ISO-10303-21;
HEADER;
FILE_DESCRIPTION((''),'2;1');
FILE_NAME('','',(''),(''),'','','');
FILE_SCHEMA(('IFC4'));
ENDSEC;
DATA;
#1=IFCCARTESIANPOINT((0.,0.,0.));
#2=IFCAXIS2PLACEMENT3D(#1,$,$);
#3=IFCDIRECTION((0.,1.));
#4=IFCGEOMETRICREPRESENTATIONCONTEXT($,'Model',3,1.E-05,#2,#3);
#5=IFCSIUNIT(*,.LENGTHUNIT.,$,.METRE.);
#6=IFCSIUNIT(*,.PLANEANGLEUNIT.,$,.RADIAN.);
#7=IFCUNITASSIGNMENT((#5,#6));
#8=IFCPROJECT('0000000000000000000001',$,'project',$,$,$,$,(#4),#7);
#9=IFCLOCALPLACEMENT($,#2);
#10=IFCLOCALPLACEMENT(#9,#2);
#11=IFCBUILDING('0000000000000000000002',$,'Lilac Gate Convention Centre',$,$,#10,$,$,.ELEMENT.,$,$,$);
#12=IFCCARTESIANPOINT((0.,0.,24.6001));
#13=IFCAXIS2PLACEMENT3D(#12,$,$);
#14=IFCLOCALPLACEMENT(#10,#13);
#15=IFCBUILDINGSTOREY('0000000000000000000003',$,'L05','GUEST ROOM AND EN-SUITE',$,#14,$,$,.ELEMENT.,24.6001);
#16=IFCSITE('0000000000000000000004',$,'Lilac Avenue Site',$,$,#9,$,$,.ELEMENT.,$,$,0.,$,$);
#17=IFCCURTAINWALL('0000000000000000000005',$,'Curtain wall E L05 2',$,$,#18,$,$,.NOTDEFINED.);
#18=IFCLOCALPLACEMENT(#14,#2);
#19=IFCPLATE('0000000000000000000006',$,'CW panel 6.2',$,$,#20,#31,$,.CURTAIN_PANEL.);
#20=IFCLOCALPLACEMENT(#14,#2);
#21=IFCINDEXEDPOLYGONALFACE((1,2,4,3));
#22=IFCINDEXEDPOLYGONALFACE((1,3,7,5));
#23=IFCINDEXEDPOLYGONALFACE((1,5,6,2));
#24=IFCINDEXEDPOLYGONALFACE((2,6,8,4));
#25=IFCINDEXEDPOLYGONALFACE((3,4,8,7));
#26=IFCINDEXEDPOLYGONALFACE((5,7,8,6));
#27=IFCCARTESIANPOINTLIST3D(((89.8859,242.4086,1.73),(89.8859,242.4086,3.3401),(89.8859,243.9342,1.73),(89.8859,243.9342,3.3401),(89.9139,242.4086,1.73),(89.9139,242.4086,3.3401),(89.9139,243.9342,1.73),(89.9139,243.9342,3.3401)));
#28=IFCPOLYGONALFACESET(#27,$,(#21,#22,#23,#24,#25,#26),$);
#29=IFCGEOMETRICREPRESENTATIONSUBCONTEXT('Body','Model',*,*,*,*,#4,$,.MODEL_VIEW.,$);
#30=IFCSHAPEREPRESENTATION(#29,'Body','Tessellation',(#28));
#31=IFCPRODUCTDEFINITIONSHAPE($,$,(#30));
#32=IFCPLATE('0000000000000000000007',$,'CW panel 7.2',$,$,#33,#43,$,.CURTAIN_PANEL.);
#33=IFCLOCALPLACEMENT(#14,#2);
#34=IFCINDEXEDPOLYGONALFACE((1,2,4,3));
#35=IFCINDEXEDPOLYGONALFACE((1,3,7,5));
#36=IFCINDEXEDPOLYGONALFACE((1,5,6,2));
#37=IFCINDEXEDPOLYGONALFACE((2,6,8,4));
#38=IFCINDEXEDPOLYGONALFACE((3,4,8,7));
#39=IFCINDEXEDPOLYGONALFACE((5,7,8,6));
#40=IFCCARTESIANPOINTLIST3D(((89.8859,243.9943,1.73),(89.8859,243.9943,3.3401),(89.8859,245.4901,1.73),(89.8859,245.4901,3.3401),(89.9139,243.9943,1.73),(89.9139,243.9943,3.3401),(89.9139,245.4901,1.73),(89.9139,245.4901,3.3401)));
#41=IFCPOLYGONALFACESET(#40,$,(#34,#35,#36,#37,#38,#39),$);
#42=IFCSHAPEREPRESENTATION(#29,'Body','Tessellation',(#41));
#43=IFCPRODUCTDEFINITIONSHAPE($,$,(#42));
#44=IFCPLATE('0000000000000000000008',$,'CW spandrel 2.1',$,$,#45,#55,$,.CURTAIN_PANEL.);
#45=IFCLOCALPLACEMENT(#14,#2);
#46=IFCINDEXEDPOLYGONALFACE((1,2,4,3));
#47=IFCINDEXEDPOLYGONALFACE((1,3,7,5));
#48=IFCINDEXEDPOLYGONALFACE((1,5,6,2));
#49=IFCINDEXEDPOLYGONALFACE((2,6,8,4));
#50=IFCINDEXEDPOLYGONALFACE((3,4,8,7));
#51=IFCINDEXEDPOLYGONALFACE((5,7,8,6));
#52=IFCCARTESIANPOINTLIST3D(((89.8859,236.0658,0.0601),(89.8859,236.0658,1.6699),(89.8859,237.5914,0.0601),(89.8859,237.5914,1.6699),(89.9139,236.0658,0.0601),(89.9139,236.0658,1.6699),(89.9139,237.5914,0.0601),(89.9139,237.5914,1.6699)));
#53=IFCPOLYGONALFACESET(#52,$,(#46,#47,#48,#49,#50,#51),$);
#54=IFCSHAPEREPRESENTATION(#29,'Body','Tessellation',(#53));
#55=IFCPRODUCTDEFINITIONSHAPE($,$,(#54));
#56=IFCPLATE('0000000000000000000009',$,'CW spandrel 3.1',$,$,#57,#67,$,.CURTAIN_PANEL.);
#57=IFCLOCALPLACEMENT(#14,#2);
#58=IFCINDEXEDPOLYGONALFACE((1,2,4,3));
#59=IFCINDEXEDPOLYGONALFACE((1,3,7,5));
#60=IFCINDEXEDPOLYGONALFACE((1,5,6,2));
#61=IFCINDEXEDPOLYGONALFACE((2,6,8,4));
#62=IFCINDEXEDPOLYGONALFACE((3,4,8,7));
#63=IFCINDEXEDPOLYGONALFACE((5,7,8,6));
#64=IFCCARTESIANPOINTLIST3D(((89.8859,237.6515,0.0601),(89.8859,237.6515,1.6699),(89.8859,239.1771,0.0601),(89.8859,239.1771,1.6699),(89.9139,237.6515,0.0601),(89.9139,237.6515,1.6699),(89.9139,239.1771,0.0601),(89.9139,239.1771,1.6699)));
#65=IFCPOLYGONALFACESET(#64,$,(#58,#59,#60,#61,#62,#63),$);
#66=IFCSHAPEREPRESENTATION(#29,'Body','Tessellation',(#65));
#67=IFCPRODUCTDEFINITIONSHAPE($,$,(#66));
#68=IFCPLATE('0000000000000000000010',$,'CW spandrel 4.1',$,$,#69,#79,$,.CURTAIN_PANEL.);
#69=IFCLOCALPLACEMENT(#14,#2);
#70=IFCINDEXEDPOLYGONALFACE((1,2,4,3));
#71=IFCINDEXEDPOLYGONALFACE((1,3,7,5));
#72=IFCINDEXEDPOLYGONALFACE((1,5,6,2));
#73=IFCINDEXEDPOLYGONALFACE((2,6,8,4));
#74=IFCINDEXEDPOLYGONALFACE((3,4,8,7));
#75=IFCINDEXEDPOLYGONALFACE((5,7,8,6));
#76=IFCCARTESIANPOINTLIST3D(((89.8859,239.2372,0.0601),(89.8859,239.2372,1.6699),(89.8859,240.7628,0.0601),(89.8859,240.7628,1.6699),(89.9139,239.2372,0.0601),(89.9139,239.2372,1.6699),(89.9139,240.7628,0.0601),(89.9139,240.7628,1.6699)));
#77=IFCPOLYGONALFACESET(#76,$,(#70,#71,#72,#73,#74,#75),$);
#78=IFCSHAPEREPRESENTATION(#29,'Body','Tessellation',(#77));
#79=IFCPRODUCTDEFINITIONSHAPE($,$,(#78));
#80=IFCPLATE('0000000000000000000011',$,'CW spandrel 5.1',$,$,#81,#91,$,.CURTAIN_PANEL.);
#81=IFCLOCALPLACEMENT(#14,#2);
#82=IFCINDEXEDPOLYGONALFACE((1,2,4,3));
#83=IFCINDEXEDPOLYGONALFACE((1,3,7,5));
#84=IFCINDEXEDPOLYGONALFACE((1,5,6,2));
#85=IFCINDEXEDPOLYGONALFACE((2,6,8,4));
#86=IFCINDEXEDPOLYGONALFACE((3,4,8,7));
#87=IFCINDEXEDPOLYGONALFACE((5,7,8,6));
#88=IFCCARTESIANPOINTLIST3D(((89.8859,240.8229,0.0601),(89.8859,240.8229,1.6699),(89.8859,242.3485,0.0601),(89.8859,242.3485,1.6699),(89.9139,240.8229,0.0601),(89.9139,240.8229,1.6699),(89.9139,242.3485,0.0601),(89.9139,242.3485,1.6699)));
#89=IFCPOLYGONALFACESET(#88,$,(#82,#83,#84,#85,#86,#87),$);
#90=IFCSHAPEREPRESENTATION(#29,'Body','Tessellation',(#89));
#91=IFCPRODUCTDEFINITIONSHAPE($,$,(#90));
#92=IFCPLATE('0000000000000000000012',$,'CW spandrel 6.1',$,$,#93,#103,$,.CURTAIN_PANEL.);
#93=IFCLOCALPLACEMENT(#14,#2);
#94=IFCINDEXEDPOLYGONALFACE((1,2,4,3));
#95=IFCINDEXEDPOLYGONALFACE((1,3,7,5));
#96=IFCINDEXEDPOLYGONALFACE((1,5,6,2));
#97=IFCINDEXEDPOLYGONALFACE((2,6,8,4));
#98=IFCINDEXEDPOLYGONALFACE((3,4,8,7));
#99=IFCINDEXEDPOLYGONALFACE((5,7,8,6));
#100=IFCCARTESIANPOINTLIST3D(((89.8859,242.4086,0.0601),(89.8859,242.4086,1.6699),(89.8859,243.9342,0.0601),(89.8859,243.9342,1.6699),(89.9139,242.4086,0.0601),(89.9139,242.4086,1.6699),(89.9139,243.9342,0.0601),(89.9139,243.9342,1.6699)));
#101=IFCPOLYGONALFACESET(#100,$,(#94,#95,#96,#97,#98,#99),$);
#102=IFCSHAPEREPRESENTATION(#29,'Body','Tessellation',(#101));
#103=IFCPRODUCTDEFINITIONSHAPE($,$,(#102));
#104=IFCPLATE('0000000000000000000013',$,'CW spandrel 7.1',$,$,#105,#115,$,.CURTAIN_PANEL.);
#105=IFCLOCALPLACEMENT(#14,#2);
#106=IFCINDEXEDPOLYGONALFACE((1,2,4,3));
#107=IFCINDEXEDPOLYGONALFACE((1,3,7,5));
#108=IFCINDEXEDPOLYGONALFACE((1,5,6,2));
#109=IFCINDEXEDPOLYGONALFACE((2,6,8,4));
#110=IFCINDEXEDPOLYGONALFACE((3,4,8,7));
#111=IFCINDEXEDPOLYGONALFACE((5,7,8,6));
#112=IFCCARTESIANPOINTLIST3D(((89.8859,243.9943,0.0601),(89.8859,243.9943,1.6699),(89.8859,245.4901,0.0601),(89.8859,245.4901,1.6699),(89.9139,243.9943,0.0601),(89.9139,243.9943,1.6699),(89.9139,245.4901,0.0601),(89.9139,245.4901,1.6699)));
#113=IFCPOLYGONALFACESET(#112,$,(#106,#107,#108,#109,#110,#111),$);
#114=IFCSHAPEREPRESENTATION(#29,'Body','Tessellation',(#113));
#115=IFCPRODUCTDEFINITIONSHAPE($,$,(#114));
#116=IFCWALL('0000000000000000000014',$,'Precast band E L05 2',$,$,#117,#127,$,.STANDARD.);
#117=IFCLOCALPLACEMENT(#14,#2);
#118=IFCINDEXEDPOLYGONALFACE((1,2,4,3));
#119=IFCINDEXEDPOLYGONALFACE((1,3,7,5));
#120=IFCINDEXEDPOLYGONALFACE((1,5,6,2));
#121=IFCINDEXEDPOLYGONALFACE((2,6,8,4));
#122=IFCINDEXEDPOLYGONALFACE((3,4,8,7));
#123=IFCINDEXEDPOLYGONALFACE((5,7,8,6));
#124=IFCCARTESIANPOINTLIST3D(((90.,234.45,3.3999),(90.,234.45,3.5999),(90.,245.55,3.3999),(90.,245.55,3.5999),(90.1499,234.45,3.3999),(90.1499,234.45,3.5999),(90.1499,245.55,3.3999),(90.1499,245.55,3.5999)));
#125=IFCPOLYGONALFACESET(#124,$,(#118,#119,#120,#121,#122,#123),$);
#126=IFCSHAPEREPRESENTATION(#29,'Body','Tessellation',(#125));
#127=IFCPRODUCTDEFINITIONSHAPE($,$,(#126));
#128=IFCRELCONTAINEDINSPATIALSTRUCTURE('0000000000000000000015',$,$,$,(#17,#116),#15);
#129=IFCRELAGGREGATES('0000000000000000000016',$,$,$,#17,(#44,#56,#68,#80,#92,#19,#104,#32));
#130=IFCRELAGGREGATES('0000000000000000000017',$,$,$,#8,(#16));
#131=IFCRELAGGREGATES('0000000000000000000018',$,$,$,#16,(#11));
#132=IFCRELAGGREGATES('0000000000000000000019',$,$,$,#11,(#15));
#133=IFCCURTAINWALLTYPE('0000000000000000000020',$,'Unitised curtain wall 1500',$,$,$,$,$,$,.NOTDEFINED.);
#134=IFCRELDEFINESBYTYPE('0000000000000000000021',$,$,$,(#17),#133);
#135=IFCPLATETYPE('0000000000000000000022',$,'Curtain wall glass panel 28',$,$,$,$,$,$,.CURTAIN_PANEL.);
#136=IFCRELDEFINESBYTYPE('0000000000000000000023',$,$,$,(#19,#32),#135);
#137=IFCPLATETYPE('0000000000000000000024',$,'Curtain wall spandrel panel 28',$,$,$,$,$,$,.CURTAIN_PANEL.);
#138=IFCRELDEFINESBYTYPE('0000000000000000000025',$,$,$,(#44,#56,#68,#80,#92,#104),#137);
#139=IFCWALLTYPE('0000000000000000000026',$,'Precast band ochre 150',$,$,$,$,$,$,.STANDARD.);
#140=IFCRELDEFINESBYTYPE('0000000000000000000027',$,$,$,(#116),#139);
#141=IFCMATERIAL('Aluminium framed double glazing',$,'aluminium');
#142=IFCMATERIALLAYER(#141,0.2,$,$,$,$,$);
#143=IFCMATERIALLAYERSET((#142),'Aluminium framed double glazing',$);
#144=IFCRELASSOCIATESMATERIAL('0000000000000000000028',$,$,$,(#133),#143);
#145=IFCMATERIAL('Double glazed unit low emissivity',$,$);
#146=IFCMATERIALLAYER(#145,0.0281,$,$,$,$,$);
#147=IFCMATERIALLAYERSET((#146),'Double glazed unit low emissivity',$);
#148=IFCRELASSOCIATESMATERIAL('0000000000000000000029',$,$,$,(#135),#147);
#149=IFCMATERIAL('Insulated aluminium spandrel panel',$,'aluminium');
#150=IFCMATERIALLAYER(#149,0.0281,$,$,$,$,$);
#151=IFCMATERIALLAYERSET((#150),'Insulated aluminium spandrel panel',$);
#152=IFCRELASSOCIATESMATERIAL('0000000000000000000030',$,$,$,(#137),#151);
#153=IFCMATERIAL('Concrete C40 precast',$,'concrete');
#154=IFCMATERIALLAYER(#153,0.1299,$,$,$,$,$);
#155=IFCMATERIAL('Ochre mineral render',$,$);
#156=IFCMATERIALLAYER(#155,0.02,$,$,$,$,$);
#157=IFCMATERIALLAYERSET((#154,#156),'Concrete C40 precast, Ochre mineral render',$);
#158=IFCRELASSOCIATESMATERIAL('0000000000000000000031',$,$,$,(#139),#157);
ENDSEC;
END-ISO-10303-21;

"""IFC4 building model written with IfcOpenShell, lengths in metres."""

from ifc_helpers import new_model, si_unit, direction, frame, frame_2d, origin, origin_2d, place, context, subcontext, project, spatial, rectangle, extrude, material, layer, layer_set, type_object, element, aggregate, save


model = new_model("IFC4")

# Units and contexts
model_context = context("Model", 3, precision=1e-05, world=origin(), true_north=direction((0.0, 1.0)))
body_context = subcontext(model_context, "Body", "Model", "MODEL_VIEW")
ifc_project = project(units=[si_unit("LENGTHUNIT", "METRE"), si_unit("PLANEANGLEUNIT", "RADIAN")], contexts=[model_context])

# Site, building, storey
site_placement = place(None, origin())
site = spatial("IfcSite", under=ifc_project, at=site_placement, Name="Lilac Avenue Site", CompositionType="ELEMENT", RefElevation=0.0)
building_placement = place(site_placement, origin())
building = spatial("IfcBuilding", under=site, at=building_placement, Name="Lilac Gate Convention Centre", CompositionType="ELEMENT")
storey_placement = place(building_placement, frame((0.0, 0.0, 24.6001)))
storey = spatial("IfcBuildingStorey", under=building, at=storey_placement, Name="L05", Description="GUEST ROOM AND EN-SUITE", CompositionType="ELEMENT", Elevation=24.6001)

# Curtain wall
ifc_material_1 = material(Name="Aluminium framed double glazing", Category="aluminium")
ifc_layer_1 = layer(ifc_material_1, 0.2)
ifc_layer_set_1 = layer_set([ifc_layer_1], Name="Aluminium framed double glazing")
curtain_wall_type = type_object("IfcCurtainWallType", Name="Unitised curtain wall 1500", PredefinedType="NOTDEFINED", material=ifc_layer_set_1)
curtain_wall_placement = place(storey_placement, origin())
curtain_wall = element("IfcCurtainWall", 1, at=curtain_wall_placement, inside=storey, type_object=curtain_wall_type, Name="Curtain wall E L05 2", PredefinedType="NOTDEFINED")

# Plates
ifc_material_2 = material(Name="Double glazed unit low emissivity")
ifc_layer_2 = layer(ifc_material_2, 0.0281)
ifc_layer_set_2 = layer_set([ifc_layer_2], Name="Double glazed unit low emissivity")
plate_type_1 = type_object("IfcPlateType", Name="Curtain wall glass panel 28", PredefinedType="CURTAIN_PANEL", material=ifc_layer_set_2)
plate_1_placement = place(storey_placement, frame((89.8999, 243.1714, 1.73), z_axis=(0.0, 0.0, 1.0), x_axis=(0.0, 1.0, 0.0)))
plate_1 = element("IfcPlate", 2, at=plate_1_placement, type_object=plate_type_1, Name="CW panel 6.2", PredefinedType="CURTAIN_PANEL", context=body_context, shape_type="SweptSolid", body=[
    extrude(rectangle(XDim=1.5256, YDim=0.0281, at=origin_2d()), origin(), (0.0, 0.0, 1.0), 1.6101),
])
plate_2_placement = place(storey_placement, frame((89.8999, 244.7422, 1.73), z_axis=(0.0, 0.0, 1.0), x_axis=(0.0, 1.0, 0.0)))
plate_2 = element("IfcPlate", 3, at=plate_2_placement, type_object=plate_type_1, Name="CW panel 7.2", PredefinedType="CURTAIN_PANEL", context=body_context, shape_type="SweptSolid", body=[
    extrude(rectangle(XDim=1.4958, YDim=0.0281, at=origin_2d()), origin(), (0.0, 0.0, 1.0), 1.6101),
])
ifc_material_3 = material(Name="Insulated aluminium spandrel panel", Category="aluminium")
ifc_layer_3 = layer(ifc_material_3, 0.0281)
ifc_layer_set_3 = layer_set([ifc_layer_3], Name="Insulated aluminium spandrel panel")
plate_type_2 = type_object("IfcPlateType", Name="Curtain wall spandrel panel 28", PredefinedType="CURTAIN_PANEL", material=ifc_layer_set_3)
plate_3_placement = place(storey_placement, frame((89.8999, 236.8286, 0.0601), z_axis=(0.0, 0.0, 1.0), x_axis=(0.0, 1.0, 0.0)))
plate_3 = element("IfcPlate", 4, at=plate_3_placement, type_object=plate_type_2, Name="CW spandrel 2.1", PredefinedType="CURTAIN_PANEL", context=body_context, shape_type="SweptSolid", body=[
    extrude(rectangle(XDim=1.5256, YDim=0.0281, at=origin_2d()), origin(), (0.0, 0.0, 1.0), 1.6099),
])
plate_4_placement = place(storey_placement, frame((89.8999, 238.4143, 0.0601), z_axis=(0.0, 0.0, 1.0), x_axis=(0.0, 1.0, 0.0)))
plate_4 = element("IfcPlate", 5, at=plate_4_placement, type_object=plate_type_2, Name="CW spandrel 3.1", PredefinedType="CURTAIN_PANEL", context=body_context, shape_type="SweptSolid", body=[
    extrude(rectangle(XDim=1.5256, YDim=0.0281, at=origin_2d()), origin(), (0.0, 0.0, 1.0), 1.6099),
])
plate_5_placement = place(storey_placement, frame((89.8999, 240.0, 0.0601), z_axis=(0.0, 0.0, 1.0), x_axis=(0.0, 1.0, 0.0)))
plate_5 = element("IfcPlate", 6, at=plate_5_placement, type_object=plate_type_2, Name="CW spandrel 4.1", PredefinedType="CURTAIN_PANEL", context=body_context, shape_type="SweptSolid", body=[
    extrude(rectangle(XDim=1.5256, YDim=0.0281, at=origin_2d()), origin(), (0.0, 0.0, 1.0), 1.6099),
])
plate_6_placement = place(storey_placement, frame((89.8999, 241.5857, 0.0601), z_axis=(0.0, 0.0, 1.0), x_axis=(0.0, 1.0, 0.0)))
plate_6 = element("IfcPlate", 7, at=plate_6_placement, type_object=plate_type_2, Name="CW spandrel 5.1", PredefinedType="CURTAIN_PANEL", context=body_context, shape_type="SweptSolid", body=[
    extrude(rectangle(XDim=1.5256, YDim=0.0281, at=origin_2d()), origin(), (0.0, 0.0, 1.0), 1.6099),
])
plate_7_placement = place(storey_placement, frame((89.8999, 243.1714, 0.0601), z_axis=(0.0, 0.0, 1.0), x_axis=(0.0, 1.0, 0.0)))
plate_7 = element("IfcPlate", 8, at=plate_7_placement, type_object=plate_type_2, Name="CW spandrel 6.1", PredefinedType="CURTAIN_PANEL", context=body_context, shape_type="SweptSolid", body=[
    extrude(rectangle(XDim=1.5256, YDim=0.0281, at=origin_2d()), origin(), (0.0, 0.0, 1.0), 1.6099),
])
plate_8_placement = place(storey_placement, frame((89.8999, 244.7422, 0.0601), z_axis=(0.0, 0.0, 1.0), x_axis=(0.0, 1.0, 0.0)))
plate_8 = element("IfcPlate", 9, at=plate_8_placement, type_object=plate_type_2, Name="CW spandrel 7.1", PredefinedType="CURTAIN_PANEL", context=body_context, shape_type="SweptSolid", body=[
    extrude(rectangle(XDim=1.4958, YDim=0.0281, at=origin_2d()), origin(), (0.0, 0.0, 1.0), 1.6099),
])
aggregate(curtain_wall, [plate_3, plate_4, plate_5, plate_6, plate_7, plate_1, plate_8, plate_2])

# Wall
ifc_material_4 = material(Name="Concrete C40 precast", Category="concrete")
ifc_layer_4 = layer(ifc_material_4, 0.1299)
ifc_material_5 = material(Name="Ochre mineral render")
ifc_layer_5 = layer(ifc_material_5, 0.02)
ifc_layer_set_4 = layer_set([ifc_layer_4, ifc_layer_5], Name="Concrete C40 precast, Ochre mineral render")
wall_type = type_object("IfcWallType", Name="Precast band ochre 150", PredefinedType="STANDARD", material=ifc_layer_set_4)
wall_placement = place(storey_placement, frame((90.075, 234.45, 3.3999), z_axis=(0.0, 0.0, 1.0), x_axis=(0.0, 1.0, 0.0)))
element("IfcWall", 10, at=wall_placement, inside=storey, type_object=wall_type, Name="Precast band E L05 2", PredefinedType="STANDARD", context=body_context, shape_type="SweptSolid", body=[
    extrude(rectangle(XDim=11.1001, YDim=0.1499, at=frame_2d((5.55, 0.0))), origin(), (0.0, 0.0, 1.0), 0.2),
])

save(model, "model.ifc")
